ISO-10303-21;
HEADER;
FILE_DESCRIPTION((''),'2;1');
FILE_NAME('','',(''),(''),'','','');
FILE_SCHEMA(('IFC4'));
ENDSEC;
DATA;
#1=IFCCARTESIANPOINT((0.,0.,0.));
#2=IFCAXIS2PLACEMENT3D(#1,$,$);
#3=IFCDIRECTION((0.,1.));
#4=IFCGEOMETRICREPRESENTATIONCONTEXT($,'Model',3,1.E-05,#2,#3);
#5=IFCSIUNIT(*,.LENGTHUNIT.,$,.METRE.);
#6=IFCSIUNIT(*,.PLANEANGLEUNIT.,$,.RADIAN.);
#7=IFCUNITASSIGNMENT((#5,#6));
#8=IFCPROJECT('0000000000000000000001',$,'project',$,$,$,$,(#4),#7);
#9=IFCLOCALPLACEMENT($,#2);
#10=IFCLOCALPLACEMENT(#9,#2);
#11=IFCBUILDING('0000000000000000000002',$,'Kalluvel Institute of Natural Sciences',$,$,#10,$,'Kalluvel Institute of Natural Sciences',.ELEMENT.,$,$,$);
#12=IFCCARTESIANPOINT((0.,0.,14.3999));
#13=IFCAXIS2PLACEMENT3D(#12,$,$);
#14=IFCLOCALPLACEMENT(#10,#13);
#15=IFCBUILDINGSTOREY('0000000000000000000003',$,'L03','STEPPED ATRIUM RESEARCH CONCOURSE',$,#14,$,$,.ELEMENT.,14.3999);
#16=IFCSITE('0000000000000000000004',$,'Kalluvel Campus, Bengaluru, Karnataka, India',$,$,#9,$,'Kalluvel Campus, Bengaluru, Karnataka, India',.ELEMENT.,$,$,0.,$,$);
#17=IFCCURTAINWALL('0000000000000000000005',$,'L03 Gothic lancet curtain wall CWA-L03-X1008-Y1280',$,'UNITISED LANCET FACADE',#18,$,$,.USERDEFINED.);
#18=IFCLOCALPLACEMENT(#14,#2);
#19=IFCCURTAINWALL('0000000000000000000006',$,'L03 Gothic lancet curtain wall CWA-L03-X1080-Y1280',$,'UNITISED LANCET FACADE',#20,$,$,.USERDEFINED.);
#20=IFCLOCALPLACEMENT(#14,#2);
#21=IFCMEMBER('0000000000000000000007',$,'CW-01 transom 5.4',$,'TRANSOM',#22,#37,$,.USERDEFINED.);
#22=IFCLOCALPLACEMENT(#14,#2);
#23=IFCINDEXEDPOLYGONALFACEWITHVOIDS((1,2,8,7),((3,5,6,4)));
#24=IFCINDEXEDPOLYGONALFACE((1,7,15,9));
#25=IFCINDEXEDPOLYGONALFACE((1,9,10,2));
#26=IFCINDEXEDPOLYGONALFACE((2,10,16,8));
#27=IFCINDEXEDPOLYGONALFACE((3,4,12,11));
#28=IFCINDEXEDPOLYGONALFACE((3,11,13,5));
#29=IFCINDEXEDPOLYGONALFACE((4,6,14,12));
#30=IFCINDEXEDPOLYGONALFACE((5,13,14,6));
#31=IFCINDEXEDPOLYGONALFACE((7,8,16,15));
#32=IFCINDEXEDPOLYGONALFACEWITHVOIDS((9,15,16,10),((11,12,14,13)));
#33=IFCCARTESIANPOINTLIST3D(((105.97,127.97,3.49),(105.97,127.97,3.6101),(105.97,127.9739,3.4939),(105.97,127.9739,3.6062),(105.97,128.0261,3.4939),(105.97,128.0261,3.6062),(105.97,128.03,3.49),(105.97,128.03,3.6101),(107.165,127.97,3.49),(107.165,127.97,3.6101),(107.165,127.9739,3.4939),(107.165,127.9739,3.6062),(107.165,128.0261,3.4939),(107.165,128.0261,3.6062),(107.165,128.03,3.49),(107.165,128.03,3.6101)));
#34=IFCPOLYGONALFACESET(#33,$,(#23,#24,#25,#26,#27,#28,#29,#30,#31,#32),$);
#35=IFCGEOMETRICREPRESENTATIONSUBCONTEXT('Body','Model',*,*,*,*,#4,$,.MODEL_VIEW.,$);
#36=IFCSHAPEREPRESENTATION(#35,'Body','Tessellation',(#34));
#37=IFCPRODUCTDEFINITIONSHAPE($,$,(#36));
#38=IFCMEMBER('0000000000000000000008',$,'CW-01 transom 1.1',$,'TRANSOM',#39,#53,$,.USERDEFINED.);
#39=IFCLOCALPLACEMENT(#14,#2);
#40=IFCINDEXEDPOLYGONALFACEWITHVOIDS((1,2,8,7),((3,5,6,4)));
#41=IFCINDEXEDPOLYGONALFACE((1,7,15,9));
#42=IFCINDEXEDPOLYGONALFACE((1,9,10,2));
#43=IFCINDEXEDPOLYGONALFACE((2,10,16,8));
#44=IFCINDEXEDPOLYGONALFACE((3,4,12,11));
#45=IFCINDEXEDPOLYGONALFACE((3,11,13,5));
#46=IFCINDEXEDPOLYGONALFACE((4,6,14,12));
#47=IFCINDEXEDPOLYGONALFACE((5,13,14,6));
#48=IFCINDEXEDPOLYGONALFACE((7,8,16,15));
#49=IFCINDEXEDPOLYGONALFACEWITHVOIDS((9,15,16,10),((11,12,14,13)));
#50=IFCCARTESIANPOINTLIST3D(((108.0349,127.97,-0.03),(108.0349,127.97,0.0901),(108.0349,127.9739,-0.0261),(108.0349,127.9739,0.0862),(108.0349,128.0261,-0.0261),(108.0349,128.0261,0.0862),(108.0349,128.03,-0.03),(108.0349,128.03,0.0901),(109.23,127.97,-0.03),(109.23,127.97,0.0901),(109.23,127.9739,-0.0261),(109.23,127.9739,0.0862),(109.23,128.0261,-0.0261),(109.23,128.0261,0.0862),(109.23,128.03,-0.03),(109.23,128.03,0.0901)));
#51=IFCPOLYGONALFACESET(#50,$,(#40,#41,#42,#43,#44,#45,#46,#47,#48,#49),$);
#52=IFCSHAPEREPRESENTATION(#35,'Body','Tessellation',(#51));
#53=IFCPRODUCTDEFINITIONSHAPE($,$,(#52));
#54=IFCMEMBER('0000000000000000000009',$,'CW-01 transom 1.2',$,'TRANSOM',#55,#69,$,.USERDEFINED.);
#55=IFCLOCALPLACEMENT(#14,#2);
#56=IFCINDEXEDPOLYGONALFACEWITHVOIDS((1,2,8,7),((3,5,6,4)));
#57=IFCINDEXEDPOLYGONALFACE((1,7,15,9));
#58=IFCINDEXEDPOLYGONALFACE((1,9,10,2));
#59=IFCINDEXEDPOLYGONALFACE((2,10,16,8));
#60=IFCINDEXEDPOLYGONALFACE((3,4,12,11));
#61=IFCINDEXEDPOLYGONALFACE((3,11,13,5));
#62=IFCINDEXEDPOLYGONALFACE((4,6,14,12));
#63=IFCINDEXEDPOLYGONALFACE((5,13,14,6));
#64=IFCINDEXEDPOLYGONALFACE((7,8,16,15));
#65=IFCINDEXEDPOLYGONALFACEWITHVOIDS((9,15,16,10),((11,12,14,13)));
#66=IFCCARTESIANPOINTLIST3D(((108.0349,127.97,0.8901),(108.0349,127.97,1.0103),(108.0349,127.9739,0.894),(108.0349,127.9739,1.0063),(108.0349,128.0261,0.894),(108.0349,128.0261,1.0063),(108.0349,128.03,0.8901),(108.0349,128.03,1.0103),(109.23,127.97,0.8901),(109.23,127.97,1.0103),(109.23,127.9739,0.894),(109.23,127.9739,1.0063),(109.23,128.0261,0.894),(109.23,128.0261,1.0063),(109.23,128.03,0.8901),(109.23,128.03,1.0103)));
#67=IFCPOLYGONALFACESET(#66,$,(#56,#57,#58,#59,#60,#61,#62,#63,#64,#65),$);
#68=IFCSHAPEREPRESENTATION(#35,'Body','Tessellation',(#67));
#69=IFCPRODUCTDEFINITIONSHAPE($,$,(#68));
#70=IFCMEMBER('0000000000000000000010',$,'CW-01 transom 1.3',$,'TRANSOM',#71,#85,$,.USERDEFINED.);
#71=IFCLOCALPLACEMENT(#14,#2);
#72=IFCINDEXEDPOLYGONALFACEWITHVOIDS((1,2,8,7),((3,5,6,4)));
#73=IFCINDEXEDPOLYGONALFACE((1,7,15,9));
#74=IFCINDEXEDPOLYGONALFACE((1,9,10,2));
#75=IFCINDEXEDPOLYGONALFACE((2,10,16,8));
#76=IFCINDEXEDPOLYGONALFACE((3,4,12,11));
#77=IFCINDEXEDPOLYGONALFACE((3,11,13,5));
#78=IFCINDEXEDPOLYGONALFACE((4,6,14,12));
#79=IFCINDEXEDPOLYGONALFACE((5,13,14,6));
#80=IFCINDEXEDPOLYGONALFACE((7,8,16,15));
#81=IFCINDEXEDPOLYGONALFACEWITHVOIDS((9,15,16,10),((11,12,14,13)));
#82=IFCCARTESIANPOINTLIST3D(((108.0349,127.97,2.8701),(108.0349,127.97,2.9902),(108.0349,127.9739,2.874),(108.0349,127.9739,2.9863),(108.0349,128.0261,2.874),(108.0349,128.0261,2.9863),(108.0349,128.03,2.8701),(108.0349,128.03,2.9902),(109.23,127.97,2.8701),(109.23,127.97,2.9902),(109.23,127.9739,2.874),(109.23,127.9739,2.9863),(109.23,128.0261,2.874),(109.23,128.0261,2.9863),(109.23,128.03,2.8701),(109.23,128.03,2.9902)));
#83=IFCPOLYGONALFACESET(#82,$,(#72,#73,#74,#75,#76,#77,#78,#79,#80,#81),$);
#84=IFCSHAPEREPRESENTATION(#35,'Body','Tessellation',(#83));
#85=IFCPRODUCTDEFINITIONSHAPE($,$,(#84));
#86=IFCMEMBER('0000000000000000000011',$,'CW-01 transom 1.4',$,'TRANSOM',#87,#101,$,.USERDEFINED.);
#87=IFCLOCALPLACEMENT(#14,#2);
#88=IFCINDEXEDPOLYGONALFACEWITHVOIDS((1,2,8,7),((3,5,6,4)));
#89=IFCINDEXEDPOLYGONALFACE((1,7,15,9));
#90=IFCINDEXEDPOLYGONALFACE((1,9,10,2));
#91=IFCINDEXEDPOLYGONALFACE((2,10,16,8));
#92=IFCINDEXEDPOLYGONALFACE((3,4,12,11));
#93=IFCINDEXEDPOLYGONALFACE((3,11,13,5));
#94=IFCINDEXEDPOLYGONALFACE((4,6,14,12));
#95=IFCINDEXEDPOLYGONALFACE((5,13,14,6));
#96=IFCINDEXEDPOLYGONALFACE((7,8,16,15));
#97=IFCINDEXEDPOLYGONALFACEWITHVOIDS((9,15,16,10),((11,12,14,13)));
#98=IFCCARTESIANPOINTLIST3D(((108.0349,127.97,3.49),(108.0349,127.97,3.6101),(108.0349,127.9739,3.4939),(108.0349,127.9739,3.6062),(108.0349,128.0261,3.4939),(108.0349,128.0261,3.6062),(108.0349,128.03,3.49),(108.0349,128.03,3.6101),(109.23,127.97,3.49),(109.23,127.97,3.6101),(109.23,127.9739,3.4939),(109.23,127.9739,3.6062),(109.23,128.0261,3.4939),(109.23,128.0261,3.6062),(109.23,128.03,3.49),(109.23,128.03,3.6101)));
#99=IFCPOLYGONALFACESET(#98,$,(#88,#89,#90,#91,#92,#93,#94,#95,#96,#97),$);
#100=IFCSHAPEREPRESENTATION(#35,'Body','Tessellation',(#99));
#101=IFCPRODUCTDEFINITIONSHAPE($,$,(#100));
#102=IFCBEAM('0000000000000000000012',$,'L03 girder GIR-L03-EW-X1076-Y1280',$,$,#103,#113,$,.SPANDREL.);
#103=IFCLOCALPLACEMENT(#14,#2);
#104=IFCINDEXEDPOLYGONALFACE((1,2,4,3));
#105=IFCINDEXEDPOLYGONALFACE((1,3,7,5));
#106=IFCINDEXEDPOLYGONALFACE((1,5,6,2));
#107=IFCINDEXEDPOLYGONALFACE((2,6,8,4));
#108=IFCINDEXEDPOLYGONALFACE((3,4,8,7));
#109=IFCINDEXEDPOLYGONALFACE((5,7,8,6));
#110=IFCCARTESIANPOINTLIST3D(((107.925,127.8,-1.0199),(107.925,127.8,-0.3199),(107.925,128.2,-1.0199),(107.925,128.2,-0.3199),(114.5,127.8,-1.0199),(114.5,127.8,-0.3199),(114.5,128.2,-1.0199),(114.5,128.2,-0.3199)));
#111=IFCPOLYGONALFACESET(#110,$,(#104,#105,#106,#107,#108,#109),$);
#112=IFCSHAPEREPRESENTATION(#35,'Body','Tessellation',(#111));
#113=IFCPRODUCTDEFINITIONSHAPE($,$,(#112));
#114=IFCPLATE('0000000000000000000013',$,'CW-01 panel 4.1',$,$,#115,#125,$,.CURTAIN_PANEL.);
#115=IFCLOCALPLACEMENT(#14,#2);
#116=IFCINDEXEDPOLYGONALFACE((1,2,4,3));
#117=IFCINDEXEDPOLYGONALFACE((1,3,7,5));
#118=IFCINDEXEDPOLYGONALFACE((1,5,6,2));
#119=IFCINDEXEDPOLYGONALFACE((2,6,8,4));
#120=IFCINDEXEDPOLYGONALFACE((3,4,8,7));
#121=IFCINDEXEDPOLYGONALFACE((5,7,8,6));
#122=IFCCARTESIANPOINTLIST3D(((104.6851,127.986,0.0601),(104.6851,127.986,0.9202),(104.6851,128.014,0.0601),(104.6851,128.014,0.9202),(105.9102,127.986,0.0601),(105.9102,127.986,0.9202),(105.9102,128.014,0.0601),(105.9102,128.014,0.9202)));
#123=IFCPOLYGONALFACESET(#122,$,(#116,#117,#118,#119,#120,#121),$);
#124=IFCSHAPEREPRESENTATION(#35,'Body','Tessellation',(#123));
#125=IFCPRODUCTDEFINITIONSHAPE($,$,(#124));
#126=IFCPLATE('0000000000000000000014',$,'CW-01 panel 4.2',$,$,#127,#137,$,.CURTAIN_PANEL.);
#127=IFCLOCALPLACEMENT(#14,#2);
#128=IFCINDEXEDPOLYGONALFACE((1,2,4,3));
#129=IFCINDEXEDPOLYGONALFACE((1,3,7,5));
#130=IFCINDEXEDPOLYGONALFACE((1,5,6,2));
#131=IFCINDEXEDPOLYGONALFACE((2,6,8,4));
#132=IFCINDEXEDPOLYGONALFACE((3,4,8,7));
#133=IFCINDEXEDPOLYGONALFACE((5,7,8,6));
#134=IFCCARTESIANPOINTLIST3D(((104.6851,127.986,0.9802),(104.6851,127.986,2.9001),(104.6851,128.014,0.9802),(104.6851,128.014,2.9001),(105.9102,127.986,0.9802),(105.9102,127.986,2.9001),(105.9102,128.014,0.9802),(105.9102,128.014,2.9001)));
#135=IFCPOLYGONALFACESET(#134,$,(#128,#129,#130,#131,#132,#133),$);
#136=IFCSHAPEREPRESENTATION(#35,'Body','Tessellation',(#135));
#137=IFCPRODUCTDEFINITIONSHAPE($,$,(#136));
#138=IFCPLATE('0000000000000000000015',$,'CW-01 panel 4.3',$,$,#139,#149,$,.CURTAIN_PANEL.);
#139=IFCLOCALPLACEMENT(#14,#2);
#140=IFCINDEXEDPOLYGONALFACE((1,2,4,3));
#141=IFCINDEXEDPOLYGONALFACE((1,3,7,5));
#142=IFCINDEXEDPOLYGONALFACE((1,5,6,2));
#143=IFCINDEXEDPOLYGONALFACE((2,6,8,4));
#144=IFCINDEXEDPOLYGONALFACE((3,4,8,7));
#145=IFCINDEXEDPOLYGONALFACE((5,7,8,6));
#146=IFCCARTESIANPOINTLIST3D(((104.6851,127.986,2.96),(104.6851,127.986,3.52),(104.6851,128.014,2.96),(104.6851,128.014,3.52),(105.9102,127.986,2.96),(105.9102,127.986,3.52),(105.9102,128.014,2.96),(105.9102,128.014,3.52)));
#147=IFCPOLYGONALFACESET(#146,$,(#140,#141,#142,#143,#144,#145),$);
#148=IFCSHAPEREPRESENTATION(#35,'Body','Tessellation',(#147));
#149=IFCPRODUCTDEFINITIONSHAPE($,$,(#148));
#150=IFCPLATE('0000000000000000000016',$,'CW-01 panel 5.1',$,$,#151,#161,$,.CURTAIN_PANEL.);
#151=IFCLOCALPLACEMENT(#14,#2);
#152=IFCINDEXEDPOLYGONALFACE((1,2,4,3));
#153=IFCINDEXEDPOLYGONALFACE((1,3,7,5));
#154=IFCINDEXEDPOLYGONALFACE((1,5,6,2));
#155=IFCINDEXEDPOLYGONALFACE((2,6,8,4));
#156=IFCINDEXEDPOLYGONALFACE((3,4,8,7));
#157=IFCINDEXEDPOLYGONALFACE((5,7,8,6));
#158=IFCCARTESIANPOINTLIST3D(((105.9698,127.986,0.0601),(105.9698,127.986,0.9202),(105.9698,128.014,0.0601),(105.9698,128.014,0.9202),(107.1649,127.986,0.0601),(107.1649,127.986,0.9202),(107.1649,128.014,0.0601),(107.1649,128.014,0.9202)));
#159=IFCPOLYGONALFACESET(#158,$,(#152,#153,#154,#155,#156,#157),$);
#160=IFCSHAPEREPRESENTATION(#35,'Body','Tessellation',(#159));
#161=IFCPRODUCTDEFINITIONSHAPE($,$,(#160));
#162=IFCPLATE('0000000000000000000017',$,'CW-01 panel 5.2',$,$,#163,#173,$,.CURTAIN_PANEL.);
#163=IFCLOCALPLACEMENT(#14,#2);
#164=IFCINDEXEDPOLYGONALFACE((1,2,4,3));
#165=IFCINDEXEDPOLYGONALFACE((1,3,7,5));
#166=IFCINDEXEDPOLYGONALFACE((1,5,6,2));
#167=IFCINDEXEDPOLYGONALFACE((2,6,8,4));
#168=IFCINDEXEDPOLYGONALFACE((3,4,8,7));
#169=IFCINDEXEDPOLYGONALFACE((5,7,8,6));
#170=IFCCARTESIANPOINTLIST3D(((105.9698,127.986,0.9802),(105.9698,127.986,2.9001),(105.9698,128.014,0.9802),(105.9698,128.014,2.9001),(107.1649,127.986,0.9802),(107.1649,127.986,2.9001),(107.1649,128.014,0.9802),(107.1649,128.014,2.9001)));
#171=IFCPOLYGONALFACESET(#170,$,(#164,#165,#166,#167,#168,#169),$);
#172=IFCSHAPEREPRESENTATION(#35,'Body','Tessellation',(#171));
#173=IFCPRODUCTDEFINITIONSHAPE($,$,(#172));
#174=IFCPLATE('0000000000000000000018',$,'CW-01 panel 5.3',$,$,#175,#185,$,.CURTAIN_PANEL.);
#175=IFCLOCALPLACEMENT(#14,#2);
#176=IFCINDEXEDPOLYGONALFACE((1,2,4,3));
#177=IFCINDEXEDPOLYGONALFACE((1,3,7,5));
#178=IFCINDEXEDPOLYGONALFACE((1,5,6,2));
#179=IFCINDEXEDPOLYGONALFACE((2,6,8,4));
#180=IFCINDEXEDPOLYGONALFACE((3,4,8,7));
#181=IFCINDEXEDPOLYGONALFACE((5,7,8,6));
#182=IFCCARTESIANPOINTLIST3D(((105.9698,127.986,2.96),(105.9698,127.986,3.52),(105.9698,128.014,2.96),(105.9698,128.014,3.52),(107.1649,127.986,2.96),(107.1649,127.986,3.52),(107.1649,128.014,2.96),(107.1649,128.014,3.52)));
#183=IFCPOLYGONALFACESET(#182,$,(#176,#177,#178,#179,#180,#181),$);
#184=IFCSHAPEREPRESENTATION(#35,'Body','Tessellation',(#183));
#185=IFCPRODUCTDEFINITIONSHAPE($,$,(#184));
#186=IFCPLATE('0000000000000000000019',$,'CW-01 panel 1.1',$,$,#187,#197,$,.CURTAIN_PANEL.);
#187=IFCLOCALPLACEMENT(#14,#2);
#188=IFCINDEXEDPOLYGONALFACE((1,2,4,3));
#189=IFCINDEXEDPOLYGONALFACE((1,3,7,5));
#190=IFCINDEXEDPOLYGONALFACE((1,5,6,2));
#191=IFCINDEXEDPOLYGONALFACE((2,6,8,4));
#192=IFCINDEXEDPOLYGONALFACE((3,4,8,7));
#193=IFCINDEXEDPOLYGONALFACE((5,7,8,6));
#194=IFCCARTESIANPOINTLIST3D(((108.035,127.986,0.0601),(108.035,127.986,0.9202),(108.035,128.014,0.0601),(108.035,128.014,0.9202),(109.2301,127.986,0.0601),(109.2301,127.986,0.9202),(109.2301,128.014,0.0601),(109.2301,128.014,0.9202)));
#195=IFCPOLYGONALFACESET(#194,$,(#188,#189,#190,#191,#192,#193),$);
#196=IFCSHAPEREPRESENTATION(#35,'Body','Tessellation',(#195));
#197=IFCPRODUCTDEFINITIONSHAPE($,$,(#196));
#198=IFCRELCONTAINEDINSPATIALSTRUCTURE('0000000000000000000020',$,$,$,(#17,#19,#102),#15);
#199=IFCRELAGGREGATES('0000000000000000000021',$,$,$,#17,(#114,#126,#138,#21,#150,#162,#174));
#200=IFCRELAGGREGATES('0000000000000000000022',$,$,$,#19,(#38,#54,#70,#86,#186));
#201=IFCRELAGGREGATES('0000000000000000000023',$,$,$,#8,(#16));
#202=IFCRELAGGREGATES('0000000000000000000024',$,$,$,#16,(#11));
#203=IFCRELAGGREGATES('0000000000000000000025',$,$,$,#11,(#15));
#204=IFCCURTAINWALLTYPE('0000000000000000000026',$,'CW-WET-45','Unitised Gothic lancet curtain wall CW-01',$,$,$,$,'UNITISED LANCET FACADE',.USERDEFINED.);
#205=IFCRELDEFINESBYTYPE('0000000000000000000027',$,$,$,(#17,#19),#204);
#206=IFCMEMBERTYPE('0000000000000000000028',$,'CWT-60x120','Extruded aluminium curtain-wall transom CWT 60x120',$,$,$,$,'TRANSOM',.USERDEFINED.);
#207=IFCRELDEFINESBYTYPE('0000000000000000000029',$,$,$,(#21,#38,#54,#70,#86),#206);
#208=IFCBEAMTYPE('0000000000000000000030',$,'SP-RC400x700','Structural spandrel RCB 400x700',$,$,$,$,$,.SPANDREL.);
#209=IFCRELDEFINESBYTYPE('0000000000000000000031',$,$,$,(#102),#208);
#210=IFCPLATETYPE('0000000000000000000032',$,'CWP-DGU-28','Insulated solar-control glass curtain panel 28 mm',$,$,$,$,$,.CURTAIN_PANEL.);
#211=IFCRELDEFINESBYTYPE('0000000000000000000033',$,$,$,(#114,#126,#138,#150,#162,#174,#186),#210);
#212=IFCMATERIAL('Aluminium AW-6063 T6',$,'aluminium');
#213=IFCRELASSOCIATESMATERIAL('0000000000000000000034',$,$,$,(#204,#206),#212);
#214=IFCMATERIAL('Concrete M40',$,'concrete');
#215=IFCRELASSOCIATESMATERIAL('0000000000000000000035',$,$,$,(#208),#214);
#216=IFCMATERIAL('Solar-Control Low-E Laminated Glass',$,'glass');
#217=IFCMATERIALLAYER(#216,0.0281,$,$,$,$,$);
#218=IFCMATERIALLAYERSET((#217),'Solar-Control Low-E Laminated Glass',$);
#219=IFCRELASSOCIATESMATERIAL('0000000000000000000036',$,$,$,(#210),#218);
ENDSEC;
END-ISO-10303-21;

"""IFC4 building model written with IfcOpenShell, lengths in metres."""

from ifc_helpers import new_model, si_unit, direction, frame, origin, origin_2d, place, context, subcontext, project, spatial, rectangle, hollow_rectangle, extrude, material, layer, layer_set, material_profile, profile_set, type_object, element, aggregate, save


model = new_model("IFC4")

# Units and contexts
model_context = context("Model", 3, precision=1e-05, world=origin(), true_north=direction((0.0, 1.0)))
body_context = subcontext(model_context, "Body", "Model", "MODEL_VIEW")
ifc_project = project(units=[si_unit("LENGTHUNIT", "METRE"), si_unit("PLANEANGLEUNIT", "RADIAN")], contexts=[model_context])

# Site, building, storey
site_placement = place(None, origin())
site = spatial("IfcSite", under=ifc_project, at=site_placement, Name="Kalluvel Campus, Bengaluru, Karnataka, India", LongName="Kalluvel Campus, Bengaluru, Karnataka, India", CompositionType="ELEMENT", RefElevation=0.0)
building_placement = place(site_placement, origin())
building = spatial("IfcBuilding", under=site, at=building_placement, Name="Kalluvel Institute of Natural Sciences", LongName="Kalluvel Institute of Natural Sciences", CompositionType="ELEMENT")
storey_placement = place(building_placement, frame((0.0, 0.0, 14.3999)))
storey = spatial("IfcBuildingStorey", under=building, at=storey_placement, Name="L03", Description="STEPPED ATRIUM RESEARCH CONCOURSE", CompositionType="ELEMENT", Elevation=14.3999)

# Shared definitions
ifc_material_1 = material(Name="Concrete M40", Category="concrete")

# Curtain wall
ifc_material_2 = material(Name="Aluminium AW-6063 T6", Category="aluminium")
curtain_wall_type = type_object("IfcCurtainWallType", Name="CW-WET-45", Description="Unitised Gothic lancet curtain wall CW-01", ElementType="UNITISED LANCET FACADE", PredefinedType="USERDEFINED", material=ifc_material_2)
curtain_wall_1_placement = place(storey_placement, origin())
curtain_wall_1 = element("IfcCurtainWall", 1, at=curtain_wall_1_placement, inside=storey, type_object=curtain_wall_type, Name="L03 Gothic lancet curtain wall CWA-L03-X1008-Y1280", ObjectType="UNITISED LANCET FACADE", PredefinedType="USERDEFINED")

# Curtain wall
curtain_wall_2_placement = place(storey_placement, origin())
curtain_wall_2 = element("IfcCurtainWall", 2, at=curtain_wall_2_placement, inside=storey, type_object=curtain_wall_type, Name="L03 Gothic lancet curtain wall CWA-L03-X1080-Y1280", ObjectType="UNITISED LANCET FACADE", PredefinedType="USERDEFINED")

# Members
ifc_material_profile_1 = material_profile(ifc_material_2, hollow_rectangle(XDim=0.0601, YDim=0.1201, WallThickness=0.0039, at=origin_2d()), Name="CWT 60x120")
ifc_profile_set_1 = profile_set([ifc_material_profile_1], Name="Aluminium AW-6063 T6")
member_type_1 = type_object("IfcMemberType", Name="CWT-60x120", Description="Extruded aluminium curtain-wall transom CWT 60x120", ElementType="TRANSOM", PredefinedType="USERDEFINED", material=ifc_profile_set_1)
member_1_placement = place(storey_placement, frame((105.97, 128.0, 3.55), z_axis=(1.0, 0.0, 0.0), x_axis=(0.0, 1.0, 0.0)))
member_1 = element("IfcMember", 3, at=member_1_placement, type_object=member_type_1, Name="CW-01 transom 5.4", ObjectType="TRANSOM", PredefinedType="USERDEFINED", context=body_context, shape_type="SweptSolid", body=[
    extrude(hollow_rectangle(XDim=0.0601, YDim=0.1201, WallThickness=0.0039, at=origin_2d()), origin(), (0.0, 0.0, 1.0), 1.1951),
])
member_2_placement = place(storey_placement, frame((108.0349, 128.0, 0.03), z_axis=(1.0, 0.0, 0.0), x_axis=(0.0, 1.0, 0.0)))
member_2 = element("IfcMember", 4, at=member_2_placement, type_object=member_type_1, Name="CW-01 transom 1.1", ObjectType="TRANSOM", PredefinedType="USERDEFINED", context=body_context, shape_type="SweptSolid", body=[
    extrude(hollow_rectangle(XDim=0.0601, YDim=0.1201, WallThickness=0.0039, at=origin_2d()), origin(), (0.0, 0.0, 1.0), 1.1951),
])
member_3_placement = place(storey_placement, frame((108.0349, 128.0, 0.9502), z_axis=(1.0, 0.0, 0.0), x_axis=(0.0, 1.0, 0.0)))
member_3 = element("IfcMember", 5, at=member_3_placement, type_object=member_type_1, Name="CW-01 transom 1.2", ObjectType="TRANSOM", PredefinedType="USERDEFINED", context=body_context, shape_type="SweptSolid", body=[
    extrude(hollow_rectangle(XDim=0.0601, YDim=0.1201, WallThickness=0.0039, at=origin_2d()), origin(), (0.0, 0.0, 1.0), 1.1951),
])
member_4_placement = place(storey_placement, frame((108.0349, 128.0, 2.9302), z_axis=(1.0, 0.0, 0.0), x_axis=(0.0, 1.0, 0.0)))
member_4 = element("IfcMember", 6, at=member_4_placement, type_object=member_type_1, Name="CW-01 transom 1.3", ObjectType="TRANSOM", PredefinedType="USERDEFINED", context=body_context, shape_type="SweptSolid", body=[
    extrude(hollow_rectangle(XDim=0.0601, YDim=0.1201, WallThickness=0.0039, at=origin_2d()), origin(), (0.0, 0.0, 1.0), 1.1951),
])
member_5_placement = place(storey_placement, frame((108.0349, 128.0, 3.55), z_axis=(1.0, 0.0, 0.0), x_axis=(0.0, 1.0, 0.0)))
member_5 = element("IfcMember", 7, at=member_5_placement, type_object=member_type_1, Name="CW-01 transom 1.4", ObjectType="TRANSOM", PredefinedType="USERDEFINED", context=body_context, shape_type="SweptSolid", body=[
    extrude(hollow_rectangle(XDim=0.0601, YDim=0.1201, WallThickness=0.0039, at=origin_2d()), origin(), (0.0, 0.0, 1.0), 1.1951),
])

# Beam
ifc_material_profile_2 = material_profile(ifc_material_1, rectangle(XDim=0.3999, YDim=0.7, at=origin_2d()), Name="RCB 400x700")
ifc_profile_set_2 = profile_set([ifc_material_profile_2], Name="Concrete M40")
beam_type = type_object("IfcBeamType", Name="SP-RC400x700", Description="Structural spandrel RCB 400x700", PredefinedType="SPANDREL", material=ifc_profile_set_2)
beam_placement = place(storey_placement, frame((107.925, 128.0, -0.6699), z_axis=(1.0, 0.0, 0.0), x_axis=(0.0, 1.0, 0.0)))
element("IfcBeam", 8, at=beam_placement, inside=storey, type_object=beam_type, Name="L03 girder GIR-L03-EW-X1076-Y1280", PredefinedType="SPANDREL", context=body_context, shape_type="SweptSolid", body=[
    extrude(rectangle(XDim=0.3999, YDim=0.7, at=origin_2d()), origin(), (0.0, 0.0, 1.0), 6.575),
])

# Plates
ifc_material_3 = material(Name="Solar-Control Low-E Laminated Glass", Category="glass")
ifc_layer = layer(ifc_material_3, 0.0281)
ifc_layer_set = layer_set([ifc_layer], Name="Solar-Control Low-E Laminated Glass")
plate_type = type_object("IfcPlateType", Name="CWP-DGU-28", Description="Insulated solar-control glass curtain panel 28 mm", PredefinedType="CURTAIN_PANEL", material=ifc_layer_set)
plate_1_placement = place(storey_placement, frame((105.2976, 128.0, 0.0601), z_axis=(0.0, 0.0, 1.0), x_axis=(1.0, 0.0, 0.0)))
plate_1 = element("IfcPlate", 9, at=plate_1_placement, type_object=plate_type, Name="CW-01 panel 4.1", PredefinedType="CURTAIN_PANEL", context=body_context, shape_type="SweptSolid", body=[
    extrude(rectangle(XDim=1.2251, YDim=0.0281, at=origin_2d()), origin(), (0.0, 0.0, 1.0), 0.8601),
])
plate_2_placement = place(storey_placement, frame((105.2976, 128.0, 0.9802), z_axis=(0.0, 0.0, 1.0), x_axis=(1.0, 0.0, 0.0)))
plate_2 = element("IfcPlate", 10, at=plate_2_placement, type_object=plate_type, Name="CW-01 panel 4.2", PredefinedType="CURTAIN_PANEL", context=body_context, shape_type="SweptSolid", body=[
    extrude(rectangle(XDim=1.2251, YDim=0.0281, at=origin_2d()), origin(), (0.0, 0.0, 1.0), 1.9199),
])
plate_3_placement = place(storey_placement, frame((105.2976, 128.0, 2.96), z_axis=(0.0, 0.0, 1.0), x_axis=(1.0, 0.0, 0.0)))
plate_3 = element("IfcPlate", 11, at=plate_3_placement, type_object=plate_type, Name="CW-01 panel 4.3", PredefinedType="CURTAIN_PANEL", context=body_context, shape_type="SweptSolid", body=[
    extrude(rectangle(XDim=1.2251, YDim=0.0281, at=origin_2d()), origin(), (0.0, 0.0, 1.0), 0.5601),
])
plate_4_placement = place(storey_placement, frame((106.5674, 128.0, 0.0601), z_axis=(0.0, 0.0, 1.0), x_axis=(1.0, 0.0, 0.0)))
plate_4 = element("IfcPlate", 12, at=plate_4_placement, type_object=plate_type, Name="CW-01 panel 5.1", PredefinedType="CURTAIN_PANEL", context=body_context, shape_type="SweptSolid", body=[
    extrude(rectangle(XDim=1.1951, YDim=0.0281, at=origin_2d()), origin(), (0.0, 0.0, 1.0), 0.8601),
])
plate_5_placement = place(storey_placement, frame((106.5674, 128.0, 0.9802), z_axis=(0.0, 0.0, 1.0), x_axis=(1.0, 0.0, 0.0)))
plate_5 = element("IfcPlate", 13, at=plate_5_placement, type_object=plate_type, Name="CW-01 panel 5.2", PredefinedType="CURTAIN_PANEL", context=body_context, shape_type="SweptSolid", body=[
    extrude(rectangle(XDim=1.1951, YDim=0.0281, at=origin_2d()), origin(), (0.0, 0.0, 1.0), 1.9199),
])
plate_6_placement = place(storey_placement, frame((106.5674, 128.0, 2.96), z_axis=(0.0, 0.0, 1.0), x_axis=(1.0, 0.0, 0.0)))
plate_6 = element("IfcPlate", 14, at=plate_6_placement, type_object=plate_type, Name="CW-01 panel 5.3", PredefinedType="CURTAIN_PANEL", context=body_context, shape_type="SweptSolid", body=[
    extrude(rectangle(XDim=1.1951, YDim=0.0281, at=origin_2d()), origin(), (0.0, 0.0, 1.0), 0.5601),
])
aggregate(curtain_wall_1, [plate_1, plate_2, plate_3, member_1, plate_4, plate_5, plate_6])
plate_7_placement = place(storey_placement, frame((108.6326, 128.0, 0.0601), z_axis=(0.0, 0.0, 1.0), x_axis=(1.0, 0.0, 0.0)))
plate_7 = element("IfcPlate", 15, at=plate_7_placement, type_object=plate_type, Name="CW-01 panel 1.1", PredefinedType="CURTAIN_PANEL", context=body_context, shape_type="SweptSolid", body=[
    extrude(rectangle(XDim=1.1951, YDim=0.0281, at=origin_2d()), origin(), (0.0, 0.0, 1.0), 0.8601),
])
aggregate(curtain_wall_2, [member_2, member_3, member_4, member_5, plate_7])

save(model, "model.ifc")
